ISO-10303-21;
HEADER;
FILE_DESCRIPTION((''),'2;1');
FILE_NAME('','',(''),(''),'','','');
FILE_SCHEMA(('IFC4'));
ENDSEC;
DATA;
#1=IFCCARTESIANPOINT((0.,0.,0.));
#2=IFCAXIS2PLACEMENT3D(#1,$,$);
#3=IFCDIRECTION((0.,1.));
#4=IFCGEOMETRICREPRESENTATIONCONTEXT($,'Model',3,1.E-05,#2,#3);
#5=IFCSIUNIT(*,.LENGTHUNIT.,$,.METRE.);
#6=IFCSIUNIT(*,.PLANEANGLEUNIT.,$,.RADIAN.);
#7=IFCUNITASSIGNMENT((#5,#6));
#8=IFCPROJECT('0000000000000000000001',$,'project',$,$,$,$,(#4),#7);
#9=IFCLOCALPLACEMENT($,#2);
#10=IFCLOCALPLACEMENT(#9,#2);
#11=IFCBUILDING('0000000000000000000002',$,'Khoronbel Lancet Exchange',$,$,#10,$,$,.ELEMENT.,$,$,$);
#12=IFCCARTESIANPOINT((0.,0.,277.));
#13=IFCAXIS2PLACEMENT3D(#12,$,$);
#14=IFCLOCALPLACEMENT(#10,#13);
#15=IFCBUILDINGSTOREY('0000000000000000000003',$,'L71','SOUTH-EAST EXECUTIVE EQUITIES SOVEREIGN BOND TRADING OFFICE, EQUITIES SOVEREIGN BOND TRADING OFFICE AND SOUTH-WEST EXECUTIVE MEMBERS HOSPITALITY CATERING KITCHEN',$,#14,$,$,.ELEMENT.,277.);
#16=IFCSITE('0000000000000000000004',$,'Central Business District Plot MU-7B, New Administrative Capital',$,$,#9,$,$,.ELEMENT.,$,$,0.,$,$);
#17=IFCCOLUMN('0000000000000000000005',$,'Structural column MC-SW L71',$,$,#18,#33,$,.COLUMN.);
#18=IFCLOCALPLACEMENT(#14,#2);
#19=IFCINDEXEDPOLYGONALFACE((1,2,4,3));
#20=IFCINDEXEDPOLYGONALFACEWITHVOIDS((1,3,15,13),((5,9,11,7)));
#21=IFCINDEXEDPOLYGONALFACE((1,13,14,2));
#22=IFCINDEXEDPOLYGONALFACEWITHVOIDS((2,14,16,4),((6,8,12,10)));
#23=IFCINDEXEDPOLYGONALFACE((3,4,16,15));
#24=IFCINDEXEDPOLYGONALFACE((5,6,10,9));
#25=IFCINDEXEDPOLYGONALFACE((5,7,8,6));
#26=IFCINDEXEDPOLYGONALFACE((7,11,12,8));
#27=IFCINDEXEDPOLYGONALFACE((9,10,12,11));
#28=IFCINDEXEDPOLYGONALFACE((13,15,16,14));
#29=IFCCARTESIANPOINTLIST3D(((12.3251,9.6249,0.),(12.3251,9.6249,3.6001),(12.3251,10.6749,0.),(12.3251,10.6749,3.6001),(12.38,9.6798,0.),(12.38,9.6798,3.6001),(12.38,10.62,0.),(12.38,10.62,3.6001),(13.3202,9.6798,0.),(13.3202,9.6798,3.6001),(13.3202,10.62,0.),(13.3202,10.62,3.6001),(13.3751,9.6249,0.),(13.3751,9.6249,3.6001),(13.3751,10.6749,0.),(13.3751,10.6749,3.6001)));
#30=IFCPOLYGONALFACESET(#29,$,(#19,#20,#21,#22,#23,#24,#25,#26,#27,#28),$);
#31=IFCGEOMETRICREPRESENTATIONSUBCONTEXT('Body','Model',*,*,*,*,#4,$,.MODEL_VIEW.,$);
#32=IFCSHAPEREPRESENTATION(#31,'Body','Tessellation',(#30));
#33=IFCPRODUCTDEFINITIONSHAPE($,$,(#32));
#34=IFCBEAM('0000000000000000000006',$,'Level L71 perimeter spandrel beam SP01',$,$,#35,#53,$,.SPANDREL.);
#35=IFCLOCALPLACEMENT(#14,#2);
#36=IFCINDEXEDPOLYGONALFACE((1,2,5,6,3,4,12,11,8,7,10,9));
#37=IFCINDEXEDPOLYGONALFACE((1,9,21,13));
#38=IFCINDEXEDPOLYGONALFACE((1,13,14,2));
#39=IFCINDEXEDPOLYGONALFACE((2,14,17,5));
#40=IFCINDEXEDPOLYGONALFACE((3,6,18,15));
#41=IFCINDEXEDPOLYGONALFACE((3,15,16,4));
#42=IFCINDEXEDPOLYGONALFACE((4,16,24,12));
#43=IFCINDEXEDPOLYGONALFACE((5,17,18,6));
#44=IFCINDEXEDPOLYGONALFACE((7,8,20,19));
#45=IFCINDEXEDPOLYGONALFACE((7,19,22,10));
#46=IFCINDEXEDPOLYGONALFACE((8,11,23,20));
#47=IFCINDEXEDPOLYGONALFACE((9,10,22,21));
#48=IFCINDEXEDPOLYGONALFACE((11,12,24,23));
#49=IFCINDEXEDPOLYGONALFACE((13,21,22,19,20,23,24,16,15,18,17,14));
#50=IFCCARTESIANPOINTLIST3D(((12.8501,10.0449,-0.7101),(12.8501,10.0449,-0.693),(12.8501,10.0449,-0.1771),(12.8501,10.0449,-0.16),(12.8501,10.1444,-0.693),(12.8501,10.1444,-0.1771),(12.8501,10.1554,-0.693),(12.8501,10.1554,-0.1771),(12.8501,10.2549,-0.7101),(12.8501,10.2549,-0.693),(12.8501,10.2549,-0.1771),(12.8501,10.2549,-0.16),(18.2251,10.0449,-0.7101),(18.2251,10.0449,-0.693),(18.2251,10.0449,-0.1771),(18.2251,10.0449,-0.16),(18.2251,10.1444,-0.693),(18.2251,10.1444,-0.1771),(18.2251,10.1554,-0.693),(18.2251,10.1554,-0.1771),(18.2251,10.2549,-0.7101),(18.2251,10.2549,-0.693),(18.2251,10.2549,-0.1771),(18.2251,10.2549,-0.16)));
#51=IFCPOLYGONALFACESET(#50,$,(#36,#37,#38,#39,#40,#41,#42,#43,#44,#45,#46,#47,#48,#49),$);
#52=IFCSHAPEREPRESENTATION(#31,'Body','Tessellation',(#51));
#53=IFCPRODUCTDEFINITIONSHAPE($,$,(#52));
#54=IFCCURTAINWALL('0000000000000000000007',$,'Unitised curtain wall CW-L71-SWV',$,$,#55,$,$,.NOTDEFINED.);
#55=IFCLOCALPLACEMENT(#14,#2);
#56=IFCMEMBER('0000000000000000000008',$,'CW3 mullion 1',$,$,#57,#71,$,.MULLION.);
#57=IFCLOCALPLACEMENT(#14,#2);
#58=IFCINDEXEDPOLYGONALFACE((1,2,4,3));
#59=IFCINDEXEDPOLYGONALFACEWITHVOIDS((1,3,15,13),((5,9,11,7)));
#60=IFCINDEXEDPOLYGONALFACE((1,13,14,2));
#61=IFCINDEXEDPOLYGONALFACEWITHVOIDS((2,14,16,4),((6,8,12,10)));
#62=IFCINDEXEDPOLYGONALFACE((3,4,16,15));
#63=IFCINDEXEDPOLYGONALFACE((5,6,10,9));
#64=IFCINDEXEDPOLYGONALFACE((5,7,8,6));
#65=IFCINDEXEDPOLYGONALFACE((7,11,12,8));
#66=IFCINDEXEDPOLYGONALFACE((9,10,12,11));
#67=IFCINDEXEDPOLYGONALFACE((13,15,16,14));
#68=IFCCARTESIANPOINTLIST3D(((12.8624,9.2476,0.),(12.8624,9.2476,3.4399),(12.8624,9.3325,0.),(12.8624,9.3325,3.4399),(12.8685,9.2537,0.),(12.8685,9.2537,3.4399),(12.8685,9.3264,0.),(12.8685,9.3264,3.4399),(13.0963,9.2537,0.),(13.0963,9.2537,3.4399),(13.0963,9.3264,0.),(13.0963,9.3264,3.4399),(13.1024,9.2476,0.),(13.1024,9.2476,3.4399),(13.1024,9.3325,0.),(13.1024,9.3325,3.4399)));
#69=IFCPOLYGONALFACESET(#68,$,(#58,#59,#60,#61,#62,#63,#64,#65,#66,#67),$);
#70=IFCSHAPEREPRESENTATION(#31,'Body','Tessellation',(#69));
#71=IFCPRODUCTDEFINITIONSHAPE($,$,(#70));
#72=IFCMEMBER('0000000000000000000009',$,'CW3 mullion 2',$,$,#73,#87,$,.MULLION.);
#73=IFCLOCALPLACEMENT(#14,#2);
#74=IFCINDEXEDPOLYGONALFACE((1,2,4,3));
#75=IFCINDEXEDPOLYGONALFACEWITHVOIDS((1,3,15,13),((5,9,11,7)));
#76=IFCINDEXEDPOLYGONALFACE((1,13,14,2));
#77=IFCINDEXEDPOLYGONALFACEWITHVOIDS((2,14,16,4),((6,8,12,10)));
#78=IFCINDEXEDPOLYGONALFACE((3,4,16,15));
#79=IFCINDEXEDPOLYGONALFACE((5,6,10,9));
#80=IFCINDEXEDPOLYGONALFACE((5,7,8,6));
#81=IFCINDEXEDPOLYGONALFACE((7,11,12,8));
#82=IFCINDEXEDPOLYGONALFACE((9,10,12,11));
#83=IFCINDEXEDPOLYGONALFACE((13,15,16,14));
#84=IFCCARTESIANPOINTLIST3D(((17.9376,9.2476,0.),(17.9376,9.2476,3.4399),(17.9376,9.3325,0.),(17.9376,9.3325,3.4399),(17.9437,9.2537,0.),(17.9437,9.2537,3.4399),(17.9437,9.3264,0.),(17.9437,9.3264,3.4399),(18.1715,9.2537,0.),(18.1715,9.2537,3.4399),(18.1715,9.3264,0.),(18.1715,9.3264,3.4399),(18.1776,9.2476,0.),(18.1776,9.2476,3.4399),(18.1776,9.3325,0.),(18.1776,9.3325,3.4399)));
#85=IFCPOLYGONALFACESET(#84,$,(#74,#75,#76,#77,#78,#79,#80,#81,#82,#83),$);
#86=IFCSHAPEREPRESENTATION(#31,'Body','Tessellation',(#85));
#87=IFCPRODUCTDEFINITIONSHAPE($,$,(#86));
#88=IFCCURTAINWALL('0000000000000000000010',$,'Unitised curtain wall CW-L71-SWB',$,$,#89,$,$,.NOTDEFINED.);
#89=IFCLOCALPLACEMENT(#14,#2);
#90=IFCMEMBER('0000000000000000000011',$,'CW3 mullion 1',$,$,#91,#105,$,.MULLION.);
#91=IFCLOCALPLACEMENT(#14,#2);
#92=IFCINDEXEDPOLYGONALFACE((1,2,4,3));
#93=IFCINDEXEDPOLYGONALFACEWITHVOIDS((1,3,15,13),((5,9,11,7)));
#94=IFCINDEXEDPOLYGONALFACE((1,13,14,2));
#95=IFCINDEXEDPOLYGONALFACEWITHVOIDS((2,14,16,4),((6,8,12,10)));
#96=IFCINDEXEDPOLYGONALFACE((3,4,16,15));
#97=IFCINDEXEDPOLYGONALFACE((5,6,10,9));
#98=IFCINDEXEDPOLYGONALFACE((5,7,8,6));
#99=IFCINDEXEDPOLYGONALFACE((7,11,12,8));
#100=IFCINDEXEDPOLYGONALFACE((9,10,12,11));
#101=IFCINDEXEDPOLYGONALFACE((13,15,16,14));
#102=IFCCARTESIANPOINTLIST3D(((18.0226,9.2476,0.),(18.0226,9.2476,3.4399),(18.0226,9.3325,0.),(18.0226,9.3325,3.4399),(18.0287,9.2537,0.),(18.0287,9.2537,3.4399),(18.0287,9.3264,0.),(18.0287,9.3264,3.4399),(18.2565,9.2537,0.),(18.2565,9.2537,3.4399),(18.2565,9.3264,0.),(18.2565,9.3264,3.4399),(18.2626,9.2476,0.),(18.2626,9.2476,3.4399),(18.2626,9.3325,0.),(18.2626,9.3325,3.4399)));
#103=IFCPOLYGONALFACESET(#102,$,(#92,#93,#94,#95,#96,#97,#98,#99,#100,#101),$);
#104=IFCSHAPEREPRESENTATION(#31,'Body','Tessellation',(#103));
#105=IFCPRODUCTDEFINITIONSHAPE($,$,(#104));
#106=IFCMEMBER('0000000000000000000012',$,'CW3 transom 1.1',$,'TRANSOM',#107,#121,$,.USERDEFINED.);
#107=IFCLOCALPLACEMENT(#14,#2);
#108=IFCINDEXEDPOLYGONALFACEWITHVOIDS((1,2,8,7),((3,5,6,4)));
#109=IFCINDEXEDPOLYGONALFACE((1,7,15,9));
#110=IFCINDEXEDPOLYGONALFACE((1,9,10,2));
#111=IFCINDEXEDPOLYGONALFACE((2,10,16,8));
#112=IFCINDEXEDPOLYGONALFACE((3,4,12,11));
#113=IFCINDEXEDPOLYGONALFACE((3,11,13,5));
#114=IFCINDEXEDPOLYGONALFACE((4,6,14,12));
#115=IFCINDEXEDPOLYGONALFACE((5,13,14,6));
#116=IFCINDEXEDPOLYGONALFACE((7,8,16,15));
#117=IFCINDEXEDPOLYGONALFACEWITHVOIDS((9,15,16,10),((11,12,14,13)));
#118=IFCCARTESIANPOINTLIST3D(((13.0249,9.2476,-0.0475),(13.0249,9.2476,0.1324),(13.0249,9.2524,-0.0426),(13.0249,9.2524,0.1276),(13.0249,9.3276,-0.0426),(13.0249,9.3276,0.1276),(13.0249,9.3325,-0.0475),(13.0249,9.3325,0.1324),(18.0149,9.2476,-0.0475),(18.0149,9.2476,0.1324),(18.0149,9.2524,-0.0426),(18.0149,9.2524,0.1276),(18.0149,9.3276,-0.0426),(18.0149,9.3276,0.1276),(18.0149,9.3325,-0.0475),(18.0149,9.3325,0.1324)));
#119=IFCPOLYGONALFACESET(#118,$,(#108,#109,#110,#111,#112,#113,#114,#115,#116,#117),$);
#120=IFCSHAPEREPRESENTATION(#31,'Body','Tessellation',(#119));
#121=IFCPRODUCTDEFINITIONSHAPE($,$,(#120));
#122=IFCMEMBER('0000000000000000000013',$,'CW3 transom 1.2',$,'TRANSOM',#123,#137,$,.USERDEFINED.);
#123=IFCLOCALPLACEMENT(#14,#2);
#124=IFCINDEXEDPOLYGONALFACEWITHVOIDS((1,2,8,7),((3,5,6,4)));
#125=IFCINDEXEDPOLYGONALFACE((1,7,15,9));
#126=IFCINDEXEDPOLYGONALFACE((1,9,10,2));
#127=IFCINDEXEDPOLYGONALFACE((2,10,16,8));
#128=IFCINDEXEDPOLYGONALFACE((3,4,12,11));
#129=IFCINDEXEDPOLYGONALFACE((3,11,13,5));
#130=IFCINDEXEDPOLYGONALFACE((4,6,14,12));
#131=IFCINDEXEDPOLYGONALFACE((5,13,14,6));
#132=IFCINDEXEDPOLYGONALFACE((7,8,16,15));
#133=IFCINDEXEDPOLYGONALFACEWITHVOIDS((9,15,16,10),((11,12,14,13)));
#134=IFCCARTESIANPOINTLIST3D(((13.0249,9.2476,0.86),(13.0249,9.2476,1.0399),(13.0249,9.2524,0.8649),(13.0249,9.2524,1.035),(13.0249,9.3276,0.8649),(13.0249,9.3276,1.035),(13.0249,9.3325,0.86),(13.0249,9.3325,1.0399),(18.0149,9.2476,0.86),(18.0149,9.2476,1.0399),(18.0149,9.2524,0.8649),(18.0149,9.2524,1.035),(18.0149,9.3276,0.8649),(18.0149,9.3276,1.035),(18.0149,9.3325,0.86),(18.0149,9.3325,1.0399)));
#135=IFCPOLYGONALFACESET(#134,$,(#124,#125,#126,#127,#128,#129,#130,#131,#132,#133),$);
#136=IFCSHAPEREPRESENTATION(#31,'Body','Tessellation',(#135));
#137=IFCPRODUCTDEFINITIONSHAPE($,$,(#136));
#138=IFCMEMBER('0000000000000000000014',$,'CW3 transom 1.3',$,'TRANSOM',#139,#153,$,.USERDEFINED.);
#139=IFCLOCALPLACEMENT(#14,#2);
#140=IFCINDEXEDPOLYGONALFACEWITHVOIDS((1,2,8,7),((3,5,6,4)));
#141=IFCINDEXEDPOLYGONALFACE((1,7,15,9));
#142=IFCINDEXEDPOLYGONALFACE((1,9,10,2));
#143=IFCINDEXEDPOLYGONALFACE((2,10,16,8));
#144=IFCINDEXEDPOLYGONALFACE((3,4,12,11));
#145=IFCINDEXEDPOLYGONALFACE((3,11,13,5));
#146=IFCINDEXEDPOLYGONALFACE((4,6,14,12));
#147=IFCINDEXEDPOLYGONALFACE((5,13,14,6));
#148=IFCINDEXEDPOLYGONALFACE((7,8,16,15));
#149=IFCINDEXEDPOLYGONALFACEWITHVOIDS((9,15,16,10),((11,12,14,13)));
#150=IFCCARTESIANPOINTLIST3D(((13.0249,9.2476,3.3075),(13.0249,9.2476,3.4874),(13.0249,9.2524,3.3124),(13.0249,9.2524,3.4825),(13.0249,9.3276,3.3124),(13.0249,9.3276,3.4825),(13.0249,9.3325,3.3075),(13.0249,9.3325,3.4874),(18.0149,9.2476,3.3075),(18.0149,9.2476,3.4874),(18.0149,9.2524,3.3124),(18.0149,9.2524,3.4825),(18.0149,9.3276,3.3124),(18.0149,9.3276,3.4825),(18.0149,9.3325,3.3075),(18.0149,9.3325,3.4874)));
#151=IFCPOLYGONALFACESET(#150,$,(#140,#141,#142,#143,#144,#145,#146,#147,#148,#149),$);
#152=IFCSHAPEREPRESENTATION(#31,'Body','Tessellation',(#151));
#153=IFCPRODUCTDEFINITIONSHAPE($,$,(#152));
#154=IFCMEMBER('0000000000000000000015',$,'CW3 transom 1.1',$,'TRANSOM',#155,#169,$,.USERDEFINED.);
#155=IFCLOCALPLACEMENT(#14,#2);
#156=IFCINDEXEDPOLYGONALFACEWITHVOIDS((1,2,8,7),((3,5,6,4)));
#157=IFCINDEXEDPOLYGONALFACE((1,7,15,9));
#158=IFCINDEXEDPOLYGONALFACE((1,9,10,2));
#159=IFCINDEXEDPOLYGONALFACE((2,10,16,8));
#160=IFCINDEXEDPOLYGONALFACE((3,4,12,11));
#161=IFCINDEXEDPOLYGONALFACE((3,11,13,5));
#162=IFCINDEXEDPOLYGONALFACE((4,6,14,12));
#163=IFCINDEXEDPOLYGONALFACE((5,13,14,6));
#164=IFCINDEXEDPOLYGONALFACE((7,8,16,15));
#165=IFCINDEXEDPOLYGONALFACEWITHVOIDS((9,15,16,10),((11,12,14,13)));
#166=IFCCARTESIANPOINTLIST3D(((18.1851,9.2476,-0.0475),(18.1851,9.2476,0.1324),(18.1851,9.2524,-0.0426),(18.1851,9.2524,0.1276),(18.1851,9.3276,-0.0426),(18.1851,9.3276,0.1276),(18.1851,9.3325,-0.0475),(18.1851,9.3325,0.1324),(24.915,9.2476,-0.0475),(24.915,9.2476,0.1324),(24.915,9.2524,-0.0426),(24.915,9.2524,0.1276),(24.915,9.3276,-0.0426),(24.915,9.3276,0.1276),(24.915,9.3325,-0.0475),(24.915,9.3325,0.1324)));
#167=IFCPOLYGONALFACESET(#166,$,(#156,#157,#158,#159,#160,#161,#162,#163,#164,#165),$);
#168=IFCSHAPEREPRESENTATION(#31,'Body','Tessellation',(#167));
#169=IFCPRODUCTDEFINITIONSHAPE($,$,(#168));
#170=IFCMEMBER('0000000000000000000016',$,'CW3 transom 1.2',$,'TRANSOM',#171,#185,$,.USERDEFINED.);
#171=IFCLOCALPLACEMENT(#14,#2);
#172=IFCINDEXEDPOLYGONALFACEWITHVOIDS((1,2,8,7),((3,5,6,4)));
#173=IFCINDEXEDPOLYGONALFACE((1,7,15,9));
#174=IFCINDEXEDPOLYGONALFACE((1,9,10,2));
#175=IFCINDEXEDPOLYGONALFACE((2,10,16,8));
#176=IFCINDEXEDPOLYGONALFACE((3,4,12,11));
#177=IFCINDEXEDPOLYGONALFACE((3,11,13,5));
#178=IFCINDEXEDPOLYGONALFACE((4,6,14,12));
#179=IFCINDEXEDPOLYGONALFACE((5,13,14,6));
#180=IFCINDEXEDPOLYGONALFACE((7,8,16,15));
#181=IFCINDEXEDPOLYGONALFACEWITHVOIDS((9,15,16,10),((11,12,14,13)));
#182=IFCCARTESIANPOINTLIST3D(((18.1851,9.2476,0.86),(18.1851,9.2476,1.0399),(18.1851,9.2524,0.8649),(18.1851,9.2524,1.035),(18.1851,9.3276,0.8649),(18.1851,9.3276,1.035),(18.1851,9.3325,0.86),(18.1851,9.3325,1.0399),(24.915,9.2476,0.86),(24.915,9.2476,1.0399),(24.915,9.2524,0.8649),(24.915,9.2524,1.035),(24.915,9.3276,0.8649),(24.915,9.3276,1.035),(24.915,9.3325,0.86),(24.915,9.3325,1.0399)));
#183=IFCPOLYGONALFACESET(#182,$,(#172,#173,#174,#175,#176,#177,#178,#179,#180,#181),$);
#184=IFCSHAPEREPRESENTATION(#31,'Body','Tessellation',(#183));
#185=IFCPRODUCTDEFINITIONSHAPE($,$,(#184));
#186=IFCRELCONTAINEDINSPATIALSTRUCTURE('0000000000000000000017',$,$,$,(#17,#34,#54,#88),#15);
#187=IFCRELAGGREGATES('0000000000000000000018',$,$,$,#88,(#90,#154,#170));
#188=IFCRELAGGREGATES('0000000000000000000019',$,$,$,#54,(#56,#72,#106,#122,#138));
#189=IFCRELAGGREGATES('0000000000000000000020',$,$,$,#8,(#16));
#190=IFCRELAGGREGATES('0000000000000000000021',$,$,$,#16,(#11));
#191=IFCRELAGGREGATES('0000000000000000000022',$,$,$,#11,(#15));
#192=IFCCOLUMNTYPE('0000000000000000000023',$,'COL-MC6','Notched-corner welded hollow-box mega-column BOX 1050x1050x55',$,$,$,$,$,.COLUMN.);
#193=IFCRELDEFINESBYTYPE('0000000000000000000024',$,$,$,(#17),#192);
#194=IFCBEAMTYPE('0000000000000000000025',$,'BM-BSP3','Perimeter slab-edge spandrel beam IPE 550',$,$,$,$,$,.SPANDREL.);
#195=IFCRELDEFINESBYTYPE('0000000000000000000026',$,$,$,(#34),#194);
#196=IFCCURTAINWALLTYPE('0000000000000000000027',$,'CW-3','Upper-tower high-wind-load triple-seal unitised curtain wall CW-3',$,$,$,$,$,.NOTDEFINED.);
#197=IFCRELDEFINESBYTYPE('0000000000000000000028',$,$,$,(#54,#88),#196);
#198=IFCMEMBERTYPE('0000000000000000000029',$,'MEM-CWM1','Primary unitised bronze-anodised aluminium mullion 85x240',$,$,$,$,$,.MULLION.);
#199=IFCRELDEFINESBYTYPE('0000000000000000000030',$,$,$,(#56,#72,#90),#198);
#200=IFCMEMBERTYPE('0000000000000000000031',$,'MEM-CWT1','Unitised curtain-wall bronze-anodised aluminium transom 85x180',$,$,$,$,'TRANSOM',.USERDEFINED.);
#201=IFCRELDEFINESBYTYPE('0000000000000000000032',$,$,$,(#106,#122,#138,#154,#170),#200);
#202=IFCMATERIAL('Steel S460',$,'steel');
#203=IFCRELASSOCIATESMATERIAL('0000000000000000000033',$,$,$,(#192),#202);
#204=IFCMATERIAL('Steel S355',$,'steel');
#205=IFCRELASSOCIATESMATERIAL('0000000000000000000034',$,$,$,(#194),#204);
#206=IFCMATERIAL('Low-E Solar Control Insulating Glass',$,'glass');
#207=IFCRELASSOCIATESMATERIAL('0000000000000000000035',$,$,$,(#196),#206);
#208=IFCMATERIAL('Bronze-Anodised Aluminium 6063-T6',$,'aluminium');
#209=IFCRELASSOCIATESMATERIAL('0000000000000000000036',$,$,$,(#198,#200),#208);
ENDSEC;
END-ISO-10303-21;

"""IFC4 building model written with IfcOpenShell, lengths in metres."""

from ifc_helpers import new_model, si_unit, direction, frame, origin, origin_2d, place, context, subcontext, project, spatial, hollow_rectangle, i_section, extrude, material, material_profile, profile_set, type_object, element, aggregate, save


model = new_model("IFC4")

# Units and contexts
model_context = context("Model", 3, precision=1e-05, world=origin(), true_north=direction((0.0, 1.0)))
body_context = subcontext(model_context, "Body", "Model", "MODEL_VIEW")
ifc_project = project(units=[si_unit("LENGTHUNIT", "METRE"), si_unit("PLANEANGLEUNIT", "RADIAN")], contexts=[model_context])

# Site, building, storey
site_placement = place(None, origin())
site = spatial("IfcSite", under=ifc_project, at=site_placement, Name="Central Business District Plot MU-7B, New Administrative Capital", CompositionType="ELEMENT", RefElevation=0.0)
building_placement = place(site_placement, origin())
building = spatial("IfcBuilding", under=site, at=building_placement, Name="Khoronbel Lancet Exchange", CompositionType="ELEMENT")
storey_placement = place(building_placement, frame((0.0, 0.0, 277.0)))
storey = spatial("IfcBuildingStorey", under=building, at=storey_placement, Name="L71", Description="SOUTH-EAST EXECUTIVE EQUITIES SOVEREIGN BOND TRADING OFFICE, EQUITIES SOVEREIGN BOND TRADING OFFICE AND SOUTH-WEST EXECUTIVE MEMBERS HOSPITALITY CATERING KITCHEN", CompositionType="ELEMENT", Elevation=277.0)

# Column
ifc_material_1 = material(Name="Steel S460", Category="steel")
ifc_material_profile_1 = material_profile(ifc_material_1, hollow_rectangle(XDim=1.05, YDim=1.05, WallThickness=0.0549, at=origin_2d()), Name="BOX 1050x1050x55")
ifc_profile_set_1 = profile_set([ifc_material_profile_1], Name="Steel S460")
column_type = type_object("IfcColumnType", Name="COL-MC6", Description="Notched-corner welded hollow-box mega-column BOX 1050x1050x55", PredefinedType="COLUMN", material=ifc_profile_set_1)
column_placement = place(storey_placement, frame((12.8501, 10.1499, 0.0), z_axis=(0.0, 0.0, 1.0), x_axis=(1.0, 0.0, 0.0)))
element("IfcColumn", 1, at=column_placement, inside=storey, type_object=column_type, Name="Structural column MC-SW L71", PredefinedType="COLUMN", context=body_context, shape_type="SweptSolid", body=[
    extrude(hollow_rectangle(XDim=1.05, YDim=1.05, WallThickness=0.0549, at=origin_2d()), origin(), (0.0, 0.0, 1.0), 3.6001),
])

# Beam
ifc_material_2 = material(Name="Steel S355", Category="steel")
ifc_material_profile_2 = material_profile(ifc_material_2, i_section(OverallWidth=0.21, OverallDepth=0.55, WebThickness=0.011, FlangeThickness=0.0171, at=origin_2d()), Name="IPE 550")
ifc_profile_set_2 = profile_set([ifc_material_profile_2], Name="Steel S355")
beam_type = type_object("IfcBeamType", Name="BM-BSP3", Description="Perimeter slab-edge spandrel beam IPE 550", PredefinedType="SPANDREL", material=ifc_profile_set_2)
beam_placement = place(storey_placement, frame((12.8501, 10.1499, -0.4351), z_axis=(1.0, 0.0, 0.0), x_axis=(0.0, 1.0, 0.0)))
element("IfcBeam", 2, at=beam_placement, inside=storey, type_object=beam_type, Name="Level L71 perimeter spandrel beam SP01", PredefinedType="SPANDREL", context=body_context, shape_type="SweptSolid", body=[
    extrude(i_section(OverallWidth=0.21, OverallDepth=0.55, WebThickness=0.011, FlangeThickness=0.0171, at=origin_2d()), origin(), (0.0, 0.0, 1.0), 5.375),
])

# Curtain wall, members
ifc_material_3 = material(Name="Low-E Solar Control Insulating Glass", Category="glass")
curtain_wall_type = type_object("IfcCurtainWallType", Name="CW-3", Description="Upper-tower high-wind-load triple-seal unitised curtain wall CW-3", PredefinedType="NOTDEFINED", material=ifc_material_3)
curtain_wall_1_placement = place(storey_placement, origin())
curtain_wall_1 = element("IfcCurtainWall", 3, at=curtain_wall_1_placement, inside=storey, type_object=curtain_wall_type, Name="Unitised curtain wall CW-L71-SWV", PredefinedType="NOTDEFINED")
ifc_material_4 = material(Name="Bronze-Anodised Aluminium 6063-T6", Category="aluminium")
ifc_material_profile_3 = material_profile(ifc_material_4, hollow_rectangle(XDim=0.085, YDim=0.24, WallThickness=0.0061, at=origin_2d()), Name="ALU MULLION 85x240")
ifc_profile_set_3 = profile_set([ifc_material_profile_3], Name="Bronze-Anodised Aluminium 6063-T6")
member_type_1 = type_object("IfcMemberType", Name="MEM-CWM1", Description="Primary unitised bronze-anodised aluminium mullion 85x240", PredefinedType="MULLION", material=ifc_profile_set_3)
member_1_placement = place(storey_placement, frame((12.9824, 9.29, 0.0), z_axis=(0.0, 0.0, 1.0), x_axis=(0.0, 1.0, 0.0)))
member_1 = element("IfcMember", 4, at=member_1_placement, type_object=member_type_1, Name="CW3 mullion 1", PredefinedType="MULLION", context=body_context, shape_type="SweptSolid", body=[
    extrude(hollow_rectangle(XDim=0.085, YDim=0.24, WallThickness=0.0061, at=origin_2d()), origin(), (0.0, 0.0, 1.0), 3.4399),
])
member_2_placement = place(storey_placement, frame((18.0576, 9.29, 0.0), z_axis=(0.0, 0.0, 1.0), x_axis=(0.0, 1.0, 0.0)))
member_2 = element("IfcMember", 5, at=member_2_placement, type_object=member_type_1, Name="CW3 mullion 2", PredefinedType="MULLION", context=body_context, shape_type="SweptSolid", body=[
    extrude(hollow_rectangle(XDim=0.085, YDim=0.24, WallThickness=0.0061, at=origin_2d()), origin(), (0.0, 0.0, 1.0), 3.4399),
])

# Curtain wall, member
curtain_wall_2_placement = place(storey_placement, origin())
curtain_wall_2 = element("IfcCurtainWall", 6, at=curtain_wall_2_placement, inside=storey, type_object=curtain_wall_type, Name="Unitised curtain wall CW-L71-SWB", PredefinedType="NOTDEFINED")
member_3_placement = place(storey_placement, frame((18.1426, 9.29, 0.0), z_axis=(0.0, 0.0, 1.0), x_axis=(0.0, 1.0, 0.0)))
member_3 = element("IfcMember", 7, at=member_3_placement, type_object=member_type_1, Name="CW3 mullion 1", PredefinedType="MULLION", context=body_context, shape_type="SweptSolid", body=[
    extrude(hollow_rectangle(XDim=0.085, YDim=0.24, WallThickness=0.0061, at=origin_2d()), origin(), (0.0, 0.0, 1.0), 3.4399),
])

# Members
ifc_material_profile_4 = material_profile(ifc_material_4, hollow_rectangle(XDim=0.085, YDim=0.1799, WallThickness=0.0049, at=origin_2d()), Name="ALU TRANSOM 85x180")
ifc_profile_set_4 = profile_set([ifc_material_profile_4], Name="Bronze-Anodised Aluminium 6063-T6")
member_type_2 = type_object("IfcMemberType", Name="MEM-CWT1", Description="Unitised curtain-wall bronze-anodised aluminium transom 85x180", ElementType="TRANSOM", PredefinedType="USERDEFINED", material=ifc_profile_set_4)
member_4_placement = place(storey_placement, frame((13.0249, 9.29, 0.0425), z_axis=(1.0, 0.0, 0.0), x_axis=(0.0, 1.0, 0.0)))
member_4 = element("IfcMember", 8, at=member_4_placement, type_object=member_type_2, Name="CW3 transom 1.1", ObjectType="TRANSOM", PredefinedType="USERDEFINED", context=body_context, shape_type="SweptSolid", body=[
    extrude(hollow_rectangle(XDim=0.085, YDim=0.1799, WallThickness=0.0049, at=origin_2d()), origin(), (0.0, 0.0, 1.0), 4.99),
])
member_5_placement = place(storey_placement, frame((13.0249, 9.29, 0.95), z_axis=(1.0, 0.0, 0.0), x_axis=(0.0, 1.0, 0.0)))
member_5 = element("IfcMember", 9, at=member_5_placement, type_object=member_type_2, Name="CW3 transom 1.2", ObjectType="TRANSOM", PredefinedType="USERDEFINED", context=body_context, shape_type="SweptSolid", body=[
    extrude(hollow_rectangle(XDim=0.085, YDim=0.1799, WallThickness=0.0049, at=origin_2d()), origin(), (0.0, 0.0, 1.0), 4.99),
])
member_6_placement = place(storey_placement, frame((13.0249, 9.29, 3.3975), z_axis=(1.0, 0.0, 0.0), x_axis=(0.0, 1.0, 0.0)))
member_6 = element("IfcMember", 10, at=member_6_placement, type_object=member_type_2, Name="CW3 transom 1.3", ObjectType="TRANSOM", PredefinedType="USERDEFINED", context=body_context, shape_type="SweptSolid", body=[
    extrude(hollow_rectangle(XDim=0.085, YDim=0.1799, WallThickness=0.0049, at=origin_2d()), origin(), (0.0, 0.0, 1.0), 4.99),
])
member_7_placement = place(storey_placement, frame((18.1851, 9.29, 0.0425), z_axis=(1.0, 0.0, 0.0), x_axis=(0.0, 1.0, 0.0)))
member_7 = element("IfcMember", 11, at=member_7_placement, type_object=member_type_2, Name="CW3 transom 1.1", ObjectType="TRANSOM", PredefinedType="USERDEFINED", context=body_context, shape_type="SweptSolid", body=[
    extrude(hollow_rectangle(XDim=0.085, YDim=0.1799, WallThickness=0.0049, at=origin_2d()), origin(), (0.0, 0.0, 1.0), 6.73),
])
member_8_placement = place(storey_placement, frame((18.1851, 9.29, 0.95), z_axis=(1.0, 0.0, 0.0), x_axis=(0.0, 1.0, 0.0)))
member_8 = element("IfcMember", 12, at=member_8_placement, type_object=member_type_2, Name="CW3 transom 1.2", ObjectType="TRANSOM", PredefinedType="USERDEFINED", context=body_context, shape_type="SweptSolid", body=[
    extrude(hollow_rectangle(XDim=0.085, YDim=0.1799, WallThickness=0.0049, at=origin_2d()), origin(), (0.0, 0.0, 1.0), 6.73),
])
aggregate(curtain_wall_2, [member_3, member_7, member_8])

aggregate(curtain_wall_1, [member_1, member_2, member_4, member_5, member_6])

save(model, "model.ifc")
